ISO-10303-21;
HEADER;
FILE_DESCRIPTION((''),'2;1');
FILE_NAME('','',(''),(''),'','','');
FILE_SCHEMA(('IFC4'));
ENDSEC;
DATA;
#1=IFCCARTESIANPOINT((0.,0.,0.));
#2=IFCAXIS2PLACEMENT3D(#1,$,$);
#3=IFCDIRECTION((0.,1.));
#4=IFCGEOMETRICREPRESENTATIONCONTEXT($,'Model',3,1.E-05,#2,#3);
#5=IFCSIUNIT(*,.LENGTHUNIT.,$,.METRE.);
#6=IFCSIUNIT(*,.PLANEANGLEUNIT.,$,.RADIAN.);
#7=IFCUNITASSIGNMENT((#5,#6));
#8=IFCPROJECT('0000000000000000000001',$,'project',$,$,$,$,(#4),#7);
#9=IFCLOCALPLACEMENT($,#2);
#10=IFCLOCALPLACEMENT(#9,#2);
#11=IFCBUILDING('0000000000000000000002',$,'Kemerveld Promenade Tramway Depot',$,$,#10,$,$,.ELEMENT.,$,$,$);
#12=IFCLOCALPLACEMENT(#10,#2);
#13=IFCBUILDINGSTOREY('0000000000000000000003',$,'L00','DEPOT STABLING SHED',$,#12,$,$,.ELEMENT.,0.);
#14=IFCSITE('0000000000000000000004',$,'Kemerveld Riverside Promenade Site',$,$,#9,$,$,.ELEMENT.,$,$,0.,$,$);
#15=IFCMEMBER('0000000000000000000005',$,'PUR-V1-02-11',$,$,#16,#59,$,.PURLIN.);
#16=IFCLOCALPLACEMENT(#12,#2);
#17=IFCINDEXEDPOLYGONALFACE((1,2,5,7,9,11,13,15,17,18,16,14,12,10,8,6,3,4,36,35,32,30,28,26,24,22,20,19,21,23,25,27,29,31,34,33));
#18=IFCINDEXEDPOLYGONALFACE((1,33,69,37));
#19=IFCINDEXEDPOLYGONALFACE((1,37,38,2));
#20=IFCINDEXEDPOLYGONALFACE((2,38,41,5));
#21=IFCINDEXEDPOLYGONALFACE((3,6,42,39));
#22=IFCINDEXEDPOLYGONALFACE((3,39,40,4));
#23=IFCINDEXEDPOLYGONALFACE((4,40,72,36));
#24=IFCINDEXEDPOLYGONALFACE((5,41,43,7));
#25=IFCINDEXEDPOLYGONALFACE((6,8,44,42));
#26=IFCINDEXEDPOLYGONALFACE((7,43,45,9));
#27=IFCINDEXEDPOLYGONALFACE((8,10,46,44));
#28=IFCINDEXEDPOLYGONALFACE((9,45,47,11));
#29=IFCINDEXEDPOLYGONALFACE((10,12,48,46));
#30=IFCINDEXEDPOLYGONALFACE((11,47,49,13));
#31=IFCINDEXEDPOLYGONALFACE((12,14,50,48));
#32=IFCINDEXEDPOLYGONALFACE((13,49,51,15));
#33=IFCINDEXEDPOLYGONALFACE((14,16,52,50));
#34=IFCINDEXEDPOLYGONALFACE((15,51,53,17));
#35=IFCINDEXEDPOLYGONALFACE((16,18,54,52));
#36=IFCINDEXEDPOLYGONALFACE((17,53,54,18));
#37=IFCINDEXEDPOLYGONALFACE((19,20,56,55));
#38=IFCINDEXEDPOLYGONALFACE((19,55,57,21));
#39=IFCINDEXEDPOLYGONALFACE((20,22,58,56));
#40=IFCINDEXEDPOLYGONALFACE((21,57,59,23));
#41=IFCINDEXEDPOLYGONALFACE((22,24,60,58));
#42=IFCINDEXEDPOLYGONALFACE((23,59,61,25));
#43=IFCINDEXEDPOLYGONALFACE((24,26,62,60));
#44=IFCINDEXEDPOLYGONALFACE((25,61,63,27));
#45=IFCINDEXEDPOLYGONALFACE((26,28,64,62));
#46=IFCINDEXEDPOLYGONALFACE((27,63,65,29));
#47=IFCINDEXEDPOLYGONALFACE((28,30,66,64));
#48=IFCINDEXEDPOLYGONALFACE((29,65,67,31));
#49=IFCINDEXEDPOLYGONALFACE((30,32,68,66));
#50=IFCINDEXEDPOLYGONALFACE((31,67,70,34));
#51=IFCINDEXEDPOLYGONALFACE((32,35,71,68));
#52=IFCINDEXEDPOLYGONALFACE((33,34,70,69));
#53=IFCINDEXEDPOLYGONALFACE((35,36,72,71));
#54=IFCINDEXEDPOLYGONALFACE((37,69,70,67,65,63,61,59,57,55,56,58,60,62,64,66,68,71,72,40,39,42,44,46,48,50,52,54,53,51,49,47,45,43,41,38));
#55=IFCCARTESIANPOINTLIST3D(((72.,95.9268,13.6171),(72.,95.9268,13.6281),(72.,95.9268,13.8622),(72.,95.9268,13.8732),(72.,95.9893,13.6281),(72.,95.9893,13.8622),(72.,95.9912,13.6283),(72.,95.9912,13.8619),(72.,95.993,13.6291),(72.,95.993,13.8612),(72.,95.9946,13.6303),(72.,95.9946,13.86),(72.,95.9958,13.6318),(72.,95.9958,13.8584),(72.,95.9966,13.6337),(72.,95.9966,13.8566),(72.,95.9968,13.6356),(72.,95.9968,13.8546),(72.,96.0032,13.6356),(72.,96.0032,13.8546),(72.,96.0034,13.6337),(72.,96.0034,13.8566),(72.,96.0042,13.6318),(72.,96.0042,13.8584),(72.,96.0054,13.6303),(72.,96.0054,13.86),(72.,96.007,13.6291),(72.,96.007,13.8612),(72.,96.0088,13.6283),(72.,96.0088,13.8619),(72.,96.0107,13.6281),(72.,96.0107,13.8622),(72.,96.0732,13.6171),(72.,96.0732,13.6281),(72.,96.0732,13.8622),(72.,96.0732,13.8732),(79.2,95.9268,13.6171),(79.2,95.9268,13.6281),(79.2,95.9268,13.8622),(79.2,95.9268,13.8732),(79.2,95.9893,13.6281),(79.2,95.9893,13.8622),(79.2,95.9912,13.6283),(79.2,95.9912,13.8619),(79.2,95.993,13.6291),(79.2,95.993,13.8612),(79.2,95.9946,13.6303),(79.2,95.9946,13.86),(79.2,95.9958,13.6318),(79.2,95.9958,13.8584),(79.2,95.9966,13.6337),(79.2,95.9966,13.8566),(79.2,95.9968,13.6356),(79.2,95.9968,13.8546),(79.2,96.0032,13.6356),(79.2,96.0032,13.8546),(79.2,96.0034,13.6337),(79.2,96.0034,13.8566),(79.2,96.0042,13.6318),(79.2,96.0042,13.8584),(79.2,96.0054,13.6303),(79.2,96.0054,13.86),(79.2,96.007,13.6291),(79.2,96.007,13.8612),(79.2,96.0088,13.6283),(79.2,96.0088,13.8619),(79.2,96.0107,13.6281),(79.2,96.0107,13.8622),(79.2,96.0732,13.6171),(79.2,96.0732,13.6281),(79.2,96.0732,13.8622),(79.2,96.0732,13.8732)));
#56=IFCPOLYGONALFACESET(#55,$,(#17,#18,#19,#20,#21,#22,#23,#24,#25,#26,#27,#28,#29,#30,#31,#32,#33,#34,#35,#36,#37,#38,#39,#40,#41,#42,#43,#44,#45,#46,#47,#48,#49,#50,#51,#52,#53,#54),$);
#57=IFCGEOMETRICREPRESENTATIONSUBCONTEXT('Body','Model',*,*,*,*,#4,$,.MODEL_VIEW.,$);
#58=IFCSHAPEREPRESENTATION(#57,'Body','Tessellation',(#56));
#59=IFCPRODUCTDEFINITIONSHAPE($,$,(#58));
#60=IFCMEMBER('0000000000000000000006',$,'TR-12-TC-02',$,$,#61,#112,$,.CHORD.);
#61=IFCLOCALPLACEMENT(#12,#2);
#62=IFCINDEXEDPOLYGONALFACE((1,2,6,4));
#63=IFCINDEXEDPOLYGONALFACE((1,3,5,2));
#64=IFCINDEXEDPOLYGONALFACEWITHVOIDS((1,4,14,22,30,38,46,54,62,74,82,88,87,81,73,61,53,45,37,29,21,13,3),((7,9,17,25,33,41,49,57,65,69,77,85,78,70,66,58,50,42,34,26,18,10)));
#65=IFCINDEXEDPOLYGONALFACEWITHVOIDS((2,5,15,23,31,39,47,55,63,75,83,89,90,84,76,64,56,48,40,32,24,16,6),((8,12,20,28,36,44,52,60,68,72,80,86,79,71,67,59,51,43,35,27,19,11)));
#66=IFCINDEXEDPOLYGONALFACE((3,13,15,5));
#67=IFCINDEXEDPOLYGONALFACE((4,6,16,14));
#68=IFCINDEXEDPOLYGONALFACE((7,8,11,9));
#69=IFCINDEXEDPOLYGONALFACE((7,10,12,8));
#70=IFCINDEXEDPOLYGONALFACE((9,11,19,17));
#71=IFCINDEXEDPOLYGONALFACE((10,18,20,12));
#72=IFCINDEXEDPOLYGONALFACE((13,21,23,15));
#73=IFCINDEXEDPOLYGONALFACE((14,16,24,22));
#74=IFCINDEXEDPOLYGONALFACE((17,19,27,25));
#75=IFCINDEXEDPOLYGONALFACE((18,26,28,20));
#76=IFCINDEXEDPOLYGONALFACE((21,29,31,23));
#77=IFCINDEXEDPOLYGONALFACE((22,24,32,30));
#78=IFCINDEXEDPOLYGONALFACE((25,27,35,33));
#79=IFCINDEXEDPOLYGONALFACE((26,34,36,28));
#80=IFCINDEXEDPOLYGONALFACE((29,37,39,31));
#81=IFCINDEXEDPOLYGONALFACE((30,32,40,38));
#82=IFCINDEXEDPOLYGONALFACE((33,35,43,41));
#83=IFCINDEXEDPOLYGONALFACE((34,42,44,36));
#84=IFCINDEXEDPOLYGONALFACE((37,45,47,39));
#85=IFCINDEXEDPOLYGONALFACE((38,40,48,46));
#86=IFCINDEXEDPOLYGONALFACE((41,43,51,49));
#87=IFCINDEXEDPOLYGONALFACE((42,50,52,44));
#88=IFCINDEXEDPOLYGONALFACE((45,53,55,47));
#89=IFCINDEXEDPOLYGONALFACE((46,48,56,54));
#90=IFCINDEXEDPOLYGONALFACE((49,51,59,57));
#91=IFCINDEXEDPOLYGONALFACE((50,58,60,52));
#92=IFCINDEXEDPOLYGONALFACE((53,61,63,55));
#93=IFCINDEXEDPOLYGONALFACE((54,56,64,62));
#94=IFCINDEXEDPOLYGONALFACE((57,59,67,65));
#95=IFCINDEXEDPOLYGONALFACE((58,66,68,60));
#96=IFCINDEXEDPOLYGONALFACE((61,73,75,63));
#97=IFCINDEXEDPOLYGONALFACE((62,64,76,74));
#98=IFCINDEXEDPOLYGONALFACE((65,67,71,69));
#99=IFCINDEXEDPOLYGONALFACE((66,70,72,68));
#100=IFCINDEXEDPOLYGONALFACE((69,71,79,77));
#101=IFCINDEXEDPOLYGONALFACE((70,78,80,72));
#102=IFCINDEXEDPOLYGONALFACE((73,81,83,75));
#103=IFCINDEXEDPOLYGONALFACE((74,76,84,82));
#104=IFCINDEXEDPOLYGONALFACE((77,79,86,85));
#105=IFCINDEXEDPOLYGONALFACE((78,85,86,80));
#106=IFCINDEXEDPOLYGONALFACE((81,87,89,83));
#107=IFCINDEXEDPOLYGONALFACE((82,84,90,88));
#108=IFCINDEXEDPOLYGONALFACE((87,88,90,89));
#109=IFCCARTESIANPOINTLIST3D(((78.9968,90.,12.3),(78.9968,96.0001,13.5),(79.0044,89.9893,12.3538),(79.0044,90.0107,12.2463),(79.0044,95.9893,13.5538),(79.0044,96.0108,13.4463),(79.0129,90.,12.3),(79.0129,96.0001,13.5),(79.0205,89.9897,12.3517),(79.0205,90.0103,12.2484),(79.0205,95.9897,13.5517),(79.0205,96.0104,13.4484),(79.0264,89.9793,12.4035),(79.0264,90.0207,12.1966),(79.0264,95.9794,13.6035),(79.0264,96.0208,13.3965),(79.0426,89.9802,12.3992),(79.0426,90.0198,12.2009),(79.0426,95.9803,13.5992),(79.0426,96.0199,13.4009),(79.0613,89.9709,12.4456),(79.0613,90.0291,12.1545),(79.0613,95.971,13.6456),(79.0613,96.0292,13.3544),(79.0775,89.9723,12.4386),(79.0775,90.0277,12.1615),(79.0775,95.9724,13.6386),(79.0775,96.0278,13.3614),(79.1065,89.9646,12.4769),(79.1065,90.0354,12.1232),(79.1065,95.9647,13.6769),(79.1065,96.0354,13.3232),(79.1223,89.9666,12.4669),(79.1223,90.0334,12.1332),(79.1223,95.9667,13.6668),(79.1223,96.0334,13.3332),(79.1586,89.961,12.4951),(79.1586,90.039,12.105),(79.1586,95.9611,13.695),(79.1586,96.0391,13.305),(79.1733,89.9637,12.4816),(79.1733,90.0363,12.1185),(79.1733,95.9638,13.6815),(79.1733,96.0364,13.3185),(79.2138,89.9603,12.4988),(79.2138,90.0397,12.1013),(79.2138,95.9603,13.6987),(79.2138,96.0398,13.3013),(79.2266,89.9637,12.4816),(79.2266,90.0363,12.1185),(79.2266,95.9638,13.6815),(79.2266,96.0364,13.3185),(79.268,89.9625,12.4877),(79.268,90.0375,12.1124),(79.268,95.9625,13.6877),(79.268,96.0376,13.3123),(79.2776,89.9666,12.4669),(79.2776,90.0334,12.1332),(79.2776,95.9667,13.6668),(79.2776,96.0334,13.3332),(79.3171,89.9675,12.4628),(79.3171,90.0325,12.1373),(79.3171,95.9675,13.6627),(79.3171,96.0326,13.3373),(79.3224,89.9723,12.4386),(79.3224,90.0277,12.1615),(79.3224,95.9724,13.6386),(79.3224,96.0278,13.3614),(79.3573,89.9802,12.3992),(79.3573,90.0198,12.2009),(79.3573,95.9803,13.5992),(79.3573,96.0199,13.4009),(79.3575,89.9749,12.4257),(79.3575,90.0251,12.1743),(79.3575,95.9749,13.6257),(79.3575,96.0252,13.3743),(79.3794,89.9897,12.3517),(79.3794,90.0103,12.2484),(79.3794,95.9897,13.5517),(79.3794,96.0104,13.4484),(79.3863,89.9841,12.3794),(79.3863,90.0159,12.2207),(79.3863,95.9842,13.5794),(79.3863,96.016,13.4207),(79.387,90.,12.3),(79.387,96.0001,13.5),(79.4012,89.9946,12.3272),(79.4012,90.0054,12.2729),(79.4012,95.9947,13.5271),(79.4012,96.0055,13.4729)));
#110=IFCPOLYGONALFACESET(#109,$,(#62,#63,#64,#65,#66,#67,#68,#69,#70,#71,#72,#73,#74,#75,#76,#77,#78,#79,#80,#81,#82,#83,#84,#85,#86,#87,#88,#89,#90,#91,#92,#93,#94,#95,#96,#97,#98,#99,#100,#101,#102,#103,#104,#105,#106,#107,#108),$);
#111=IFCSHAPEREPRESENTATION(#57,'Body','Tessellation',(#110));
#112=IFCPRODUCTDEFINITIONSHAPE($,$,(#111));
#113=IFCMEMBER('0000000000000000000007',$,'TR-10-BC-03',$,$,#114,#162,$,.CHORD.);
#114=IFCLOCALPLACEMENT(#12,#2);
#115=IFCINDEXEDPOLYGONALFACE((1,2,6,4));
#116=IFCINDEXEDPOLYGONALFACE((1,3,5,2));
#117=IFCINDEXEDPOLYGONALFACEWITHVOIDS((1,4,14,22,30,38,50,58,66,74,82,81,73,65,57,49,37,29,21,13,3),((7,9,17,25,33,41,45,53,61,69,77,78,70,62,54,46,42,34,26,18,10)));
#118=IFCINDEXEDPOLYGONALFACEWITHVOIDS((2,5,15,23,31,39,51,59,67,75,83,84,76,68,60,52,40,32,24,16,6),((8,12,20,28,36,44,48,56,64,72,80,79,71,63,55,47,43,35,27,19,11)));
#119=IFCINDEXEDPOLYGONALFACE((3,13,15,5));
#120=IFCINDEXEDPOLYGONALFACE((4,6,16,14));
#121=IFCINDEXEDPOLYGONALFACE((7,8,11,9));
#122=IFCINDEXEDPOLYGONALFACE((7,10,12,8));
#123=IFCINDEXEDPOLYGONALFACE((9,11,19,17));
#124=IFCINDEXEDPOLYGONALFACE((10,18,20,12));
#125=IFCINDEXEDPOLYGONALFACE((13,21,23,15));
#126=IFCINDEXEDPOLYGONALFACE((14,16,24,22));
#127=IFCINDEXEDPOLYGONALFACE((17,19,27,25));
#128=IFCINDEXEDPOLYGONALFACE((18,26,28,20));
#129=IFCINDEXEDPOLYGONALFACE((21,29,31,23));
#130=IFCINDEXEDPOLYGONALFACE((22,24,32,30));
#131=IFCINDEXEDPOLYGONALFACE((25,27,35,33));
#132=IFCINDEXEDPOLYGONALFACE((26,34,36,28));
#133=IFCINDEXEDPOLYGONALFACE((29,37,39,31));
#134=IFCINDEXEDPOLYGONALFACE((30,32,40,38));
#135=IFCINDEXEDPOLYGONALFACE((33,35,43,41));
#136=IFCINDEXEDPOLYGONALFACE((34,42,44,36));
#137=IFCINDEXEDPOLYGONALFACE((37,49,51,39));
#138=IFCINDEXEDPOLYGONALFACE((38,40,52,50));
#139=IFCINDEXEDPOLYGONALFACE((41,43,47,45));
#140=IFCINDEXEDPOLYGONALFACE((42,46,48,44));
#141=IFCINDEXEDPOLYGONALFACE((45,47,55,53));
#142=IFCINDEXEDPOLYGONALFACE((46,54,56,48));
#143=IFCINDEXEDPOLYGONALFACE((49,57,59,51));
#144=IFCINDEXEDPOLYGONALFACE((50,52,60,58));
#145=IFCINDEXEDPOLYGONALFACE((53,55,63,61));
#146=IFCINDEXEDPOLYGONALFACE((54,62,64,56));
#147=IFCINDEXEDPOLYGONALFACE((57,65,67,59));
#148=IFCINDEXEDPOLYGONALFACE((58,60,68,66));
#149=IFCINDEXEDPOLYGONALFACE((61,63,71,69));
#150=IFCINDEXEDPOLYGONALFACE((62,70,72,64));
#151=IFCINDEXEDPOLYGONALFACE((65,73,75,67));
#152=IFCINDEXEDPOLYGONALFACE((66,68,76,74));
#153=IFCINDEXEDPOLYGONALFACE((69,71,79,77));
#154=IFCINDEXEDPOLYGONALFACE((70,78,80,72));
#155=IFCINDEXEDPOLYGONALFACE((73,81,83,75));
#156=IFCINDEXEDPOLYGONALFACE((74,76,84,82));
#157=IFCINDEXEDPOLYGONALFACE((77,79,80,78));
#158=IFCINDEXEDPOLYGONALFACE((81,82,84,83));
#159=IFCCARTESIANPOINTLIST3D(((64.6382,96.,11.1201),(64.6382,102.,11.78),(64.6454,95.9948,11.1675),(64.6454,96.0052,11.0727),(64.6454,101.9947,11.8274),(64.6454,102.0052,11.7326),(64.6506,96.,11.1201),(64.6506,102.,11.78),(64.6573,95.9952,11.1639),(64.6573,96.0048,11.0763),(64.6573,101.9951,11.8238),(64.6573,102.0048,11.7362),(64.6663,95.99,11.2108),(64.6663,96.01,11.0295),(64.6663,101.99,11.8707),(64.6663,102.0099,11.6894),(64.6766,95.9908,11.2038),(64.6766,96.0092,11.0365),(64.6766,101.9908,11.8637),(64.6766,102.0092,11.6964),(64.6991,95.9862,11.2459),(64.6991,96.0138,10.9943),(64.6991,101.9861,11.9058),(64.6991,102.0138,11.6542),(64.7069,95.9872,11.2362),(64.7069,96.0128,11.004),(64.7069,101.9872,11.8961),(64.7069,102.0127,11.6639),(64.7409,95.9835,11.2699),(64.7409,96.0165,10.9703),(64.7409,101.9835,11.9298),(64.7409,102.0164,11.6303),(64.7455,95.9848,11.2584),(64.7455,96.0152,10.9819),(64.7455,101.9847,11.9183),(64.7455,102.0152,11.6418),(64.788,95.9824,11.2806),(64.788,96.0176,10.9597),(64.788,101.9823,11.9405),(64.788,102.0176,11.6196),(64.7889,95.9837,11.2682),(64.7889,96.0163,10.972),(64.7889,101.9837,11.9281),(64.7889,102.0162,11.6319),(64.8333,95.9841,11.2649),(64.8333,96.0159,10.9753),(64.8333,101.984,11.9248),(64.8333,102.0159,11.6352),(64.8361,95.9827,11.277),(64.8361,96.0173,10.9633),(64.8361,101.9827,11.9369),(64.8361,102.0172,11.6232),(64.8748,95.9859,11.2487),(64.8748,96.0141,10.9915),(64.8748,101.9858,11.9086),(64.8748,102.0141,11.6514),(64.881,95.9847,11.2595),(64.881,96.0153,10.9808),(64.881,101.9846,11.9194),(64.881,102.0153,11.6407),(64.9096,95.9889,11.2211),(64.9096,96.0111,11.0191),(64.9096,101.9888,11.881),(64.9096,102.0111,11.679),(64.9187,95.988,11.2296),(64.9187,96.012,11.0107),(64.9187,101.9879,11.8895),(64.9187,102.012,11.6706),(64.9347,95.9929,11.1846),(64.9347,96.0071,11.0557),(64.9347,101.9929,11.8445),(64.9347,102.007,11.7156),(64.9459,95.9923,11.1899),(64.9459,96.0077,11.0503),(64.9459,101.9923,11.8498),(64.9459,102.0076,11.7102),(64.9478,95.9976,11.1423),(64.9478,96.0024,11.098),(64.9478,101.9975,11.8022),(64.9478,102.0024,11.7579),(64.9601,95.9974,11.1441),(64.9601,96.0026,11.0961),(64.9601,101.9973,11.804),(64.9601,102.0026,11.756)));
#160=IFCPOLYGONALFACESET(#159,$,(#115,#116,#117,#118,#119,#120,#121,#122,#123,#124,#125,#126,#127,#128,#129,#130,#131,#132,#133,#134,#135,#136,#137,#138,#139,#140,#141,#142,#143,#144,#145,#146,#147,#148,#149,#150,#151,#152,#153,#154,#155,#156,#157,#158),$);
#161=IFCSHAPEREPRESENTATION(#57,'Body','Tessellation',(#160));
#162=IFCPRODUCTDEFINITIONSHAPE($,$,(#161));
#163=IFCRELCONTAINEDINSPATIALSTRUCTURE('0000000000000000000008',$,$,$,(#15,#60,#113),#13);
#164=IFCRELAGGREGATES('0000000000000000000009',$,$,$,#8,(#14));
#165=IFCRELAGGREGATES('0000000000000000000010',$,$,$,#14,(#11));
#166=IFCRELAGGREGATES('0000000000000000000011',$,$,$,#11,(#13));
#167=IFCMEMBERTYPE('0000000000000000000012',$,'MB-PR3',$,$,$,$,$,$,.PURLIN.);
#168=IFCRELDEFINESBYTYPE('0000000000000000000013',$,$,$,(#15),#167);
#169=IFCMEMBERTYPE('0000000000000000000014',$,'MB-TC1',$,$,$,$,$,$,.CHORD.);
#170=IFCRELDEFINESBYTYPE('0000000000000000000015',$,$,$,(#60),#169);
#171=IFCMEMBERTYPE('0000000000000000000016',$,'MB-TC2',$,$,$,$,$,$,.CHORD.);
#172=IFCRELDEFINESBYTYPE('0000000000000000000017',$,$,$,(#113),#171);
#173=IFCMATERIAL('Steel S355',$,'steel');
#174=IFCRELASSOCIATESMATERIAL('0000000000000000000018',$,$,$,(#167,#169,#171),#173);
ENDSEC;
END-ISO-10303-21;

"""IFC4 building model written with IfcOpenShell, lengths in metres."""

from ifc_helpers import new_model, si_unit, direction, frame, origin, origin_2d, place, context, subcontext, project, spatial, hollow_circle, i_section, extrude, material, material_profile, profile_set, type_object, element, save


model = new_model("IFC4")

# Units and contexts
model_context = context("Model", 3, precision=1e-05, world=origin(), true_north=direction((0.0, 1.0)))
body_context = subcontext(model_context, "Body", "Model", "MODEL_VIEW")
ifc_project = project(units=[si_unit("LENGTHUNIT", "METRE"), si_unit("PLANEANGLEUNIT", "RADIAN")], contexts=[model_context])

# Site, building, storey
site_placement = place(None, origin())
site = spatial("IfcSite", under=ifc_project, at=site_placement, Name="Kemerveld Riverside Promenade Site", CompositionType="ELEMENT", RefElevation=0.0)
building_placement = place(site_placement, origin())
building = spatial("IfcBuilding", under=site, at=building_placement, Name="Kemerveld Promenade Tramway Depot", CompositionType="ELEMENT")
storey_placement = place(building_placement, origin())
storey = spatial("IfcBuildingStorey", under=building, at=storey_placement, Name="L00", Description="DEPOT STABLING SHED", CompositionType="ELEMENT", Elevation=0.0)

# Members
ifc_material_1 = material(Name="Steel S355", Category="steel")
ifc_material_profile_1 = material_profile(ifc_material_1, i_section(OverallWidth=0.1465, OverallDepth=0.2561, WebThickness=0.0063, FlangeThickness=0.011, FilletRadius=0.0076, at=origin_2d()), Name="254x146x37 UB")
ifc_profile_set_1 = profile_set([ifc_material_profile_1], Name="Steel S355")
member_type_1 = type_object("IfcMemberType", Name="MB-PR3", PredefinedType="PURLIN", material=ifc_profile_set_1)
for number, where, z_axis, x_axis, name in (
    (1, (72.0, 96.0, 13.7451), (1.0, 0.0, 0.0), (0.0, 1.0, 0.0), "PUR-V1-02-11"),
):
    element("IfcMember", number, at=place(storey_placement, frame(where, z_axis=z_axis, x_axis=x_axis)), inside=storey, type_object=member_type_1, Name=name, PredefinedType="PURLIN", context=body_context, shape_type="SweptSolid", body=[
        extrude(i_section(OverallWidth=0.1465, OverallDepth=0.2561, WebThickness=0.0063, FlangeThickness=0.011, FilletRadius=0.0076, at=origin_2d()), origin(), (0.0, 0.0, 1.0), 7.2),
    ])
ifc_material_profile_2 = material_profile(ifc_material_1, hollow_circle(Radius=0.2031, WallThickness=0.0161, at=origin_2d()), Name="406.4x16.0 CHS")
ifc_profile_set_2 = profile_set([ifc_material_profile_2], Name="Steel S355")
member_type_2 = type_object("IfcMemberType", Name="MB-TC1", PredefinedType="CHORD", material=ifc_profile_set_2)
member_1_placement = place(storey_placement, frame((79.2, 90.0, 12.3), z_axis=(0.0, 0.980582, 0.196108), x_axis=(-1.0, 0.0, 0.0)))
element("IfcMember", 2, at=member_1_placement, inside=storey, type_object=member_type_2, Name="TR-12-TC-02", PredefinedType="CHORD", context=body_context, shape_type="SweptSolid", body=[
    extrude(hollow_circle(Radius=0.2031, WallThickness=0.0161, at=origin_2d()), origin(), (0.0, 0.0, 1.0), 6.1189),
])
ifc_material_profile_3 = material_profile(ifc_material_1, hollow_circle(Radius=0.1619, WallThickness=0.0125, at=origin_2d()), Name="323.9x12.5 CHS")
ifc_profile_set_3 = profile_set([ifc_material_profile_3], Name="Steel S355")
member_type_3 = type_object("IfcMemberType", Name="MB-TC2", PredefinedType="CHORD", material=ifc_profile_set_3)
member_2_placement = place(storey_placement, frame((64.8, 96.0, 11.1201), z_axis=(0.0, 0.994006, 0.109326), x_axis=(-1.0, 0.0, 0.0)))
element("IfcMember", 3, at=member_2_placement, inside=storey, type_object=member_type_3, Name="TR-10-BC-03", PredefinedType="CHORD", context=body_context, shape_type="SweptSolid", body=[
    extrude(hollow_circle(Radius=0.1619, WallThickness=0.0125, at=origin_2d()), origin(), (0.0, 0.0, 1.0), 6.0361),
])

save(model, "model.ifc")
